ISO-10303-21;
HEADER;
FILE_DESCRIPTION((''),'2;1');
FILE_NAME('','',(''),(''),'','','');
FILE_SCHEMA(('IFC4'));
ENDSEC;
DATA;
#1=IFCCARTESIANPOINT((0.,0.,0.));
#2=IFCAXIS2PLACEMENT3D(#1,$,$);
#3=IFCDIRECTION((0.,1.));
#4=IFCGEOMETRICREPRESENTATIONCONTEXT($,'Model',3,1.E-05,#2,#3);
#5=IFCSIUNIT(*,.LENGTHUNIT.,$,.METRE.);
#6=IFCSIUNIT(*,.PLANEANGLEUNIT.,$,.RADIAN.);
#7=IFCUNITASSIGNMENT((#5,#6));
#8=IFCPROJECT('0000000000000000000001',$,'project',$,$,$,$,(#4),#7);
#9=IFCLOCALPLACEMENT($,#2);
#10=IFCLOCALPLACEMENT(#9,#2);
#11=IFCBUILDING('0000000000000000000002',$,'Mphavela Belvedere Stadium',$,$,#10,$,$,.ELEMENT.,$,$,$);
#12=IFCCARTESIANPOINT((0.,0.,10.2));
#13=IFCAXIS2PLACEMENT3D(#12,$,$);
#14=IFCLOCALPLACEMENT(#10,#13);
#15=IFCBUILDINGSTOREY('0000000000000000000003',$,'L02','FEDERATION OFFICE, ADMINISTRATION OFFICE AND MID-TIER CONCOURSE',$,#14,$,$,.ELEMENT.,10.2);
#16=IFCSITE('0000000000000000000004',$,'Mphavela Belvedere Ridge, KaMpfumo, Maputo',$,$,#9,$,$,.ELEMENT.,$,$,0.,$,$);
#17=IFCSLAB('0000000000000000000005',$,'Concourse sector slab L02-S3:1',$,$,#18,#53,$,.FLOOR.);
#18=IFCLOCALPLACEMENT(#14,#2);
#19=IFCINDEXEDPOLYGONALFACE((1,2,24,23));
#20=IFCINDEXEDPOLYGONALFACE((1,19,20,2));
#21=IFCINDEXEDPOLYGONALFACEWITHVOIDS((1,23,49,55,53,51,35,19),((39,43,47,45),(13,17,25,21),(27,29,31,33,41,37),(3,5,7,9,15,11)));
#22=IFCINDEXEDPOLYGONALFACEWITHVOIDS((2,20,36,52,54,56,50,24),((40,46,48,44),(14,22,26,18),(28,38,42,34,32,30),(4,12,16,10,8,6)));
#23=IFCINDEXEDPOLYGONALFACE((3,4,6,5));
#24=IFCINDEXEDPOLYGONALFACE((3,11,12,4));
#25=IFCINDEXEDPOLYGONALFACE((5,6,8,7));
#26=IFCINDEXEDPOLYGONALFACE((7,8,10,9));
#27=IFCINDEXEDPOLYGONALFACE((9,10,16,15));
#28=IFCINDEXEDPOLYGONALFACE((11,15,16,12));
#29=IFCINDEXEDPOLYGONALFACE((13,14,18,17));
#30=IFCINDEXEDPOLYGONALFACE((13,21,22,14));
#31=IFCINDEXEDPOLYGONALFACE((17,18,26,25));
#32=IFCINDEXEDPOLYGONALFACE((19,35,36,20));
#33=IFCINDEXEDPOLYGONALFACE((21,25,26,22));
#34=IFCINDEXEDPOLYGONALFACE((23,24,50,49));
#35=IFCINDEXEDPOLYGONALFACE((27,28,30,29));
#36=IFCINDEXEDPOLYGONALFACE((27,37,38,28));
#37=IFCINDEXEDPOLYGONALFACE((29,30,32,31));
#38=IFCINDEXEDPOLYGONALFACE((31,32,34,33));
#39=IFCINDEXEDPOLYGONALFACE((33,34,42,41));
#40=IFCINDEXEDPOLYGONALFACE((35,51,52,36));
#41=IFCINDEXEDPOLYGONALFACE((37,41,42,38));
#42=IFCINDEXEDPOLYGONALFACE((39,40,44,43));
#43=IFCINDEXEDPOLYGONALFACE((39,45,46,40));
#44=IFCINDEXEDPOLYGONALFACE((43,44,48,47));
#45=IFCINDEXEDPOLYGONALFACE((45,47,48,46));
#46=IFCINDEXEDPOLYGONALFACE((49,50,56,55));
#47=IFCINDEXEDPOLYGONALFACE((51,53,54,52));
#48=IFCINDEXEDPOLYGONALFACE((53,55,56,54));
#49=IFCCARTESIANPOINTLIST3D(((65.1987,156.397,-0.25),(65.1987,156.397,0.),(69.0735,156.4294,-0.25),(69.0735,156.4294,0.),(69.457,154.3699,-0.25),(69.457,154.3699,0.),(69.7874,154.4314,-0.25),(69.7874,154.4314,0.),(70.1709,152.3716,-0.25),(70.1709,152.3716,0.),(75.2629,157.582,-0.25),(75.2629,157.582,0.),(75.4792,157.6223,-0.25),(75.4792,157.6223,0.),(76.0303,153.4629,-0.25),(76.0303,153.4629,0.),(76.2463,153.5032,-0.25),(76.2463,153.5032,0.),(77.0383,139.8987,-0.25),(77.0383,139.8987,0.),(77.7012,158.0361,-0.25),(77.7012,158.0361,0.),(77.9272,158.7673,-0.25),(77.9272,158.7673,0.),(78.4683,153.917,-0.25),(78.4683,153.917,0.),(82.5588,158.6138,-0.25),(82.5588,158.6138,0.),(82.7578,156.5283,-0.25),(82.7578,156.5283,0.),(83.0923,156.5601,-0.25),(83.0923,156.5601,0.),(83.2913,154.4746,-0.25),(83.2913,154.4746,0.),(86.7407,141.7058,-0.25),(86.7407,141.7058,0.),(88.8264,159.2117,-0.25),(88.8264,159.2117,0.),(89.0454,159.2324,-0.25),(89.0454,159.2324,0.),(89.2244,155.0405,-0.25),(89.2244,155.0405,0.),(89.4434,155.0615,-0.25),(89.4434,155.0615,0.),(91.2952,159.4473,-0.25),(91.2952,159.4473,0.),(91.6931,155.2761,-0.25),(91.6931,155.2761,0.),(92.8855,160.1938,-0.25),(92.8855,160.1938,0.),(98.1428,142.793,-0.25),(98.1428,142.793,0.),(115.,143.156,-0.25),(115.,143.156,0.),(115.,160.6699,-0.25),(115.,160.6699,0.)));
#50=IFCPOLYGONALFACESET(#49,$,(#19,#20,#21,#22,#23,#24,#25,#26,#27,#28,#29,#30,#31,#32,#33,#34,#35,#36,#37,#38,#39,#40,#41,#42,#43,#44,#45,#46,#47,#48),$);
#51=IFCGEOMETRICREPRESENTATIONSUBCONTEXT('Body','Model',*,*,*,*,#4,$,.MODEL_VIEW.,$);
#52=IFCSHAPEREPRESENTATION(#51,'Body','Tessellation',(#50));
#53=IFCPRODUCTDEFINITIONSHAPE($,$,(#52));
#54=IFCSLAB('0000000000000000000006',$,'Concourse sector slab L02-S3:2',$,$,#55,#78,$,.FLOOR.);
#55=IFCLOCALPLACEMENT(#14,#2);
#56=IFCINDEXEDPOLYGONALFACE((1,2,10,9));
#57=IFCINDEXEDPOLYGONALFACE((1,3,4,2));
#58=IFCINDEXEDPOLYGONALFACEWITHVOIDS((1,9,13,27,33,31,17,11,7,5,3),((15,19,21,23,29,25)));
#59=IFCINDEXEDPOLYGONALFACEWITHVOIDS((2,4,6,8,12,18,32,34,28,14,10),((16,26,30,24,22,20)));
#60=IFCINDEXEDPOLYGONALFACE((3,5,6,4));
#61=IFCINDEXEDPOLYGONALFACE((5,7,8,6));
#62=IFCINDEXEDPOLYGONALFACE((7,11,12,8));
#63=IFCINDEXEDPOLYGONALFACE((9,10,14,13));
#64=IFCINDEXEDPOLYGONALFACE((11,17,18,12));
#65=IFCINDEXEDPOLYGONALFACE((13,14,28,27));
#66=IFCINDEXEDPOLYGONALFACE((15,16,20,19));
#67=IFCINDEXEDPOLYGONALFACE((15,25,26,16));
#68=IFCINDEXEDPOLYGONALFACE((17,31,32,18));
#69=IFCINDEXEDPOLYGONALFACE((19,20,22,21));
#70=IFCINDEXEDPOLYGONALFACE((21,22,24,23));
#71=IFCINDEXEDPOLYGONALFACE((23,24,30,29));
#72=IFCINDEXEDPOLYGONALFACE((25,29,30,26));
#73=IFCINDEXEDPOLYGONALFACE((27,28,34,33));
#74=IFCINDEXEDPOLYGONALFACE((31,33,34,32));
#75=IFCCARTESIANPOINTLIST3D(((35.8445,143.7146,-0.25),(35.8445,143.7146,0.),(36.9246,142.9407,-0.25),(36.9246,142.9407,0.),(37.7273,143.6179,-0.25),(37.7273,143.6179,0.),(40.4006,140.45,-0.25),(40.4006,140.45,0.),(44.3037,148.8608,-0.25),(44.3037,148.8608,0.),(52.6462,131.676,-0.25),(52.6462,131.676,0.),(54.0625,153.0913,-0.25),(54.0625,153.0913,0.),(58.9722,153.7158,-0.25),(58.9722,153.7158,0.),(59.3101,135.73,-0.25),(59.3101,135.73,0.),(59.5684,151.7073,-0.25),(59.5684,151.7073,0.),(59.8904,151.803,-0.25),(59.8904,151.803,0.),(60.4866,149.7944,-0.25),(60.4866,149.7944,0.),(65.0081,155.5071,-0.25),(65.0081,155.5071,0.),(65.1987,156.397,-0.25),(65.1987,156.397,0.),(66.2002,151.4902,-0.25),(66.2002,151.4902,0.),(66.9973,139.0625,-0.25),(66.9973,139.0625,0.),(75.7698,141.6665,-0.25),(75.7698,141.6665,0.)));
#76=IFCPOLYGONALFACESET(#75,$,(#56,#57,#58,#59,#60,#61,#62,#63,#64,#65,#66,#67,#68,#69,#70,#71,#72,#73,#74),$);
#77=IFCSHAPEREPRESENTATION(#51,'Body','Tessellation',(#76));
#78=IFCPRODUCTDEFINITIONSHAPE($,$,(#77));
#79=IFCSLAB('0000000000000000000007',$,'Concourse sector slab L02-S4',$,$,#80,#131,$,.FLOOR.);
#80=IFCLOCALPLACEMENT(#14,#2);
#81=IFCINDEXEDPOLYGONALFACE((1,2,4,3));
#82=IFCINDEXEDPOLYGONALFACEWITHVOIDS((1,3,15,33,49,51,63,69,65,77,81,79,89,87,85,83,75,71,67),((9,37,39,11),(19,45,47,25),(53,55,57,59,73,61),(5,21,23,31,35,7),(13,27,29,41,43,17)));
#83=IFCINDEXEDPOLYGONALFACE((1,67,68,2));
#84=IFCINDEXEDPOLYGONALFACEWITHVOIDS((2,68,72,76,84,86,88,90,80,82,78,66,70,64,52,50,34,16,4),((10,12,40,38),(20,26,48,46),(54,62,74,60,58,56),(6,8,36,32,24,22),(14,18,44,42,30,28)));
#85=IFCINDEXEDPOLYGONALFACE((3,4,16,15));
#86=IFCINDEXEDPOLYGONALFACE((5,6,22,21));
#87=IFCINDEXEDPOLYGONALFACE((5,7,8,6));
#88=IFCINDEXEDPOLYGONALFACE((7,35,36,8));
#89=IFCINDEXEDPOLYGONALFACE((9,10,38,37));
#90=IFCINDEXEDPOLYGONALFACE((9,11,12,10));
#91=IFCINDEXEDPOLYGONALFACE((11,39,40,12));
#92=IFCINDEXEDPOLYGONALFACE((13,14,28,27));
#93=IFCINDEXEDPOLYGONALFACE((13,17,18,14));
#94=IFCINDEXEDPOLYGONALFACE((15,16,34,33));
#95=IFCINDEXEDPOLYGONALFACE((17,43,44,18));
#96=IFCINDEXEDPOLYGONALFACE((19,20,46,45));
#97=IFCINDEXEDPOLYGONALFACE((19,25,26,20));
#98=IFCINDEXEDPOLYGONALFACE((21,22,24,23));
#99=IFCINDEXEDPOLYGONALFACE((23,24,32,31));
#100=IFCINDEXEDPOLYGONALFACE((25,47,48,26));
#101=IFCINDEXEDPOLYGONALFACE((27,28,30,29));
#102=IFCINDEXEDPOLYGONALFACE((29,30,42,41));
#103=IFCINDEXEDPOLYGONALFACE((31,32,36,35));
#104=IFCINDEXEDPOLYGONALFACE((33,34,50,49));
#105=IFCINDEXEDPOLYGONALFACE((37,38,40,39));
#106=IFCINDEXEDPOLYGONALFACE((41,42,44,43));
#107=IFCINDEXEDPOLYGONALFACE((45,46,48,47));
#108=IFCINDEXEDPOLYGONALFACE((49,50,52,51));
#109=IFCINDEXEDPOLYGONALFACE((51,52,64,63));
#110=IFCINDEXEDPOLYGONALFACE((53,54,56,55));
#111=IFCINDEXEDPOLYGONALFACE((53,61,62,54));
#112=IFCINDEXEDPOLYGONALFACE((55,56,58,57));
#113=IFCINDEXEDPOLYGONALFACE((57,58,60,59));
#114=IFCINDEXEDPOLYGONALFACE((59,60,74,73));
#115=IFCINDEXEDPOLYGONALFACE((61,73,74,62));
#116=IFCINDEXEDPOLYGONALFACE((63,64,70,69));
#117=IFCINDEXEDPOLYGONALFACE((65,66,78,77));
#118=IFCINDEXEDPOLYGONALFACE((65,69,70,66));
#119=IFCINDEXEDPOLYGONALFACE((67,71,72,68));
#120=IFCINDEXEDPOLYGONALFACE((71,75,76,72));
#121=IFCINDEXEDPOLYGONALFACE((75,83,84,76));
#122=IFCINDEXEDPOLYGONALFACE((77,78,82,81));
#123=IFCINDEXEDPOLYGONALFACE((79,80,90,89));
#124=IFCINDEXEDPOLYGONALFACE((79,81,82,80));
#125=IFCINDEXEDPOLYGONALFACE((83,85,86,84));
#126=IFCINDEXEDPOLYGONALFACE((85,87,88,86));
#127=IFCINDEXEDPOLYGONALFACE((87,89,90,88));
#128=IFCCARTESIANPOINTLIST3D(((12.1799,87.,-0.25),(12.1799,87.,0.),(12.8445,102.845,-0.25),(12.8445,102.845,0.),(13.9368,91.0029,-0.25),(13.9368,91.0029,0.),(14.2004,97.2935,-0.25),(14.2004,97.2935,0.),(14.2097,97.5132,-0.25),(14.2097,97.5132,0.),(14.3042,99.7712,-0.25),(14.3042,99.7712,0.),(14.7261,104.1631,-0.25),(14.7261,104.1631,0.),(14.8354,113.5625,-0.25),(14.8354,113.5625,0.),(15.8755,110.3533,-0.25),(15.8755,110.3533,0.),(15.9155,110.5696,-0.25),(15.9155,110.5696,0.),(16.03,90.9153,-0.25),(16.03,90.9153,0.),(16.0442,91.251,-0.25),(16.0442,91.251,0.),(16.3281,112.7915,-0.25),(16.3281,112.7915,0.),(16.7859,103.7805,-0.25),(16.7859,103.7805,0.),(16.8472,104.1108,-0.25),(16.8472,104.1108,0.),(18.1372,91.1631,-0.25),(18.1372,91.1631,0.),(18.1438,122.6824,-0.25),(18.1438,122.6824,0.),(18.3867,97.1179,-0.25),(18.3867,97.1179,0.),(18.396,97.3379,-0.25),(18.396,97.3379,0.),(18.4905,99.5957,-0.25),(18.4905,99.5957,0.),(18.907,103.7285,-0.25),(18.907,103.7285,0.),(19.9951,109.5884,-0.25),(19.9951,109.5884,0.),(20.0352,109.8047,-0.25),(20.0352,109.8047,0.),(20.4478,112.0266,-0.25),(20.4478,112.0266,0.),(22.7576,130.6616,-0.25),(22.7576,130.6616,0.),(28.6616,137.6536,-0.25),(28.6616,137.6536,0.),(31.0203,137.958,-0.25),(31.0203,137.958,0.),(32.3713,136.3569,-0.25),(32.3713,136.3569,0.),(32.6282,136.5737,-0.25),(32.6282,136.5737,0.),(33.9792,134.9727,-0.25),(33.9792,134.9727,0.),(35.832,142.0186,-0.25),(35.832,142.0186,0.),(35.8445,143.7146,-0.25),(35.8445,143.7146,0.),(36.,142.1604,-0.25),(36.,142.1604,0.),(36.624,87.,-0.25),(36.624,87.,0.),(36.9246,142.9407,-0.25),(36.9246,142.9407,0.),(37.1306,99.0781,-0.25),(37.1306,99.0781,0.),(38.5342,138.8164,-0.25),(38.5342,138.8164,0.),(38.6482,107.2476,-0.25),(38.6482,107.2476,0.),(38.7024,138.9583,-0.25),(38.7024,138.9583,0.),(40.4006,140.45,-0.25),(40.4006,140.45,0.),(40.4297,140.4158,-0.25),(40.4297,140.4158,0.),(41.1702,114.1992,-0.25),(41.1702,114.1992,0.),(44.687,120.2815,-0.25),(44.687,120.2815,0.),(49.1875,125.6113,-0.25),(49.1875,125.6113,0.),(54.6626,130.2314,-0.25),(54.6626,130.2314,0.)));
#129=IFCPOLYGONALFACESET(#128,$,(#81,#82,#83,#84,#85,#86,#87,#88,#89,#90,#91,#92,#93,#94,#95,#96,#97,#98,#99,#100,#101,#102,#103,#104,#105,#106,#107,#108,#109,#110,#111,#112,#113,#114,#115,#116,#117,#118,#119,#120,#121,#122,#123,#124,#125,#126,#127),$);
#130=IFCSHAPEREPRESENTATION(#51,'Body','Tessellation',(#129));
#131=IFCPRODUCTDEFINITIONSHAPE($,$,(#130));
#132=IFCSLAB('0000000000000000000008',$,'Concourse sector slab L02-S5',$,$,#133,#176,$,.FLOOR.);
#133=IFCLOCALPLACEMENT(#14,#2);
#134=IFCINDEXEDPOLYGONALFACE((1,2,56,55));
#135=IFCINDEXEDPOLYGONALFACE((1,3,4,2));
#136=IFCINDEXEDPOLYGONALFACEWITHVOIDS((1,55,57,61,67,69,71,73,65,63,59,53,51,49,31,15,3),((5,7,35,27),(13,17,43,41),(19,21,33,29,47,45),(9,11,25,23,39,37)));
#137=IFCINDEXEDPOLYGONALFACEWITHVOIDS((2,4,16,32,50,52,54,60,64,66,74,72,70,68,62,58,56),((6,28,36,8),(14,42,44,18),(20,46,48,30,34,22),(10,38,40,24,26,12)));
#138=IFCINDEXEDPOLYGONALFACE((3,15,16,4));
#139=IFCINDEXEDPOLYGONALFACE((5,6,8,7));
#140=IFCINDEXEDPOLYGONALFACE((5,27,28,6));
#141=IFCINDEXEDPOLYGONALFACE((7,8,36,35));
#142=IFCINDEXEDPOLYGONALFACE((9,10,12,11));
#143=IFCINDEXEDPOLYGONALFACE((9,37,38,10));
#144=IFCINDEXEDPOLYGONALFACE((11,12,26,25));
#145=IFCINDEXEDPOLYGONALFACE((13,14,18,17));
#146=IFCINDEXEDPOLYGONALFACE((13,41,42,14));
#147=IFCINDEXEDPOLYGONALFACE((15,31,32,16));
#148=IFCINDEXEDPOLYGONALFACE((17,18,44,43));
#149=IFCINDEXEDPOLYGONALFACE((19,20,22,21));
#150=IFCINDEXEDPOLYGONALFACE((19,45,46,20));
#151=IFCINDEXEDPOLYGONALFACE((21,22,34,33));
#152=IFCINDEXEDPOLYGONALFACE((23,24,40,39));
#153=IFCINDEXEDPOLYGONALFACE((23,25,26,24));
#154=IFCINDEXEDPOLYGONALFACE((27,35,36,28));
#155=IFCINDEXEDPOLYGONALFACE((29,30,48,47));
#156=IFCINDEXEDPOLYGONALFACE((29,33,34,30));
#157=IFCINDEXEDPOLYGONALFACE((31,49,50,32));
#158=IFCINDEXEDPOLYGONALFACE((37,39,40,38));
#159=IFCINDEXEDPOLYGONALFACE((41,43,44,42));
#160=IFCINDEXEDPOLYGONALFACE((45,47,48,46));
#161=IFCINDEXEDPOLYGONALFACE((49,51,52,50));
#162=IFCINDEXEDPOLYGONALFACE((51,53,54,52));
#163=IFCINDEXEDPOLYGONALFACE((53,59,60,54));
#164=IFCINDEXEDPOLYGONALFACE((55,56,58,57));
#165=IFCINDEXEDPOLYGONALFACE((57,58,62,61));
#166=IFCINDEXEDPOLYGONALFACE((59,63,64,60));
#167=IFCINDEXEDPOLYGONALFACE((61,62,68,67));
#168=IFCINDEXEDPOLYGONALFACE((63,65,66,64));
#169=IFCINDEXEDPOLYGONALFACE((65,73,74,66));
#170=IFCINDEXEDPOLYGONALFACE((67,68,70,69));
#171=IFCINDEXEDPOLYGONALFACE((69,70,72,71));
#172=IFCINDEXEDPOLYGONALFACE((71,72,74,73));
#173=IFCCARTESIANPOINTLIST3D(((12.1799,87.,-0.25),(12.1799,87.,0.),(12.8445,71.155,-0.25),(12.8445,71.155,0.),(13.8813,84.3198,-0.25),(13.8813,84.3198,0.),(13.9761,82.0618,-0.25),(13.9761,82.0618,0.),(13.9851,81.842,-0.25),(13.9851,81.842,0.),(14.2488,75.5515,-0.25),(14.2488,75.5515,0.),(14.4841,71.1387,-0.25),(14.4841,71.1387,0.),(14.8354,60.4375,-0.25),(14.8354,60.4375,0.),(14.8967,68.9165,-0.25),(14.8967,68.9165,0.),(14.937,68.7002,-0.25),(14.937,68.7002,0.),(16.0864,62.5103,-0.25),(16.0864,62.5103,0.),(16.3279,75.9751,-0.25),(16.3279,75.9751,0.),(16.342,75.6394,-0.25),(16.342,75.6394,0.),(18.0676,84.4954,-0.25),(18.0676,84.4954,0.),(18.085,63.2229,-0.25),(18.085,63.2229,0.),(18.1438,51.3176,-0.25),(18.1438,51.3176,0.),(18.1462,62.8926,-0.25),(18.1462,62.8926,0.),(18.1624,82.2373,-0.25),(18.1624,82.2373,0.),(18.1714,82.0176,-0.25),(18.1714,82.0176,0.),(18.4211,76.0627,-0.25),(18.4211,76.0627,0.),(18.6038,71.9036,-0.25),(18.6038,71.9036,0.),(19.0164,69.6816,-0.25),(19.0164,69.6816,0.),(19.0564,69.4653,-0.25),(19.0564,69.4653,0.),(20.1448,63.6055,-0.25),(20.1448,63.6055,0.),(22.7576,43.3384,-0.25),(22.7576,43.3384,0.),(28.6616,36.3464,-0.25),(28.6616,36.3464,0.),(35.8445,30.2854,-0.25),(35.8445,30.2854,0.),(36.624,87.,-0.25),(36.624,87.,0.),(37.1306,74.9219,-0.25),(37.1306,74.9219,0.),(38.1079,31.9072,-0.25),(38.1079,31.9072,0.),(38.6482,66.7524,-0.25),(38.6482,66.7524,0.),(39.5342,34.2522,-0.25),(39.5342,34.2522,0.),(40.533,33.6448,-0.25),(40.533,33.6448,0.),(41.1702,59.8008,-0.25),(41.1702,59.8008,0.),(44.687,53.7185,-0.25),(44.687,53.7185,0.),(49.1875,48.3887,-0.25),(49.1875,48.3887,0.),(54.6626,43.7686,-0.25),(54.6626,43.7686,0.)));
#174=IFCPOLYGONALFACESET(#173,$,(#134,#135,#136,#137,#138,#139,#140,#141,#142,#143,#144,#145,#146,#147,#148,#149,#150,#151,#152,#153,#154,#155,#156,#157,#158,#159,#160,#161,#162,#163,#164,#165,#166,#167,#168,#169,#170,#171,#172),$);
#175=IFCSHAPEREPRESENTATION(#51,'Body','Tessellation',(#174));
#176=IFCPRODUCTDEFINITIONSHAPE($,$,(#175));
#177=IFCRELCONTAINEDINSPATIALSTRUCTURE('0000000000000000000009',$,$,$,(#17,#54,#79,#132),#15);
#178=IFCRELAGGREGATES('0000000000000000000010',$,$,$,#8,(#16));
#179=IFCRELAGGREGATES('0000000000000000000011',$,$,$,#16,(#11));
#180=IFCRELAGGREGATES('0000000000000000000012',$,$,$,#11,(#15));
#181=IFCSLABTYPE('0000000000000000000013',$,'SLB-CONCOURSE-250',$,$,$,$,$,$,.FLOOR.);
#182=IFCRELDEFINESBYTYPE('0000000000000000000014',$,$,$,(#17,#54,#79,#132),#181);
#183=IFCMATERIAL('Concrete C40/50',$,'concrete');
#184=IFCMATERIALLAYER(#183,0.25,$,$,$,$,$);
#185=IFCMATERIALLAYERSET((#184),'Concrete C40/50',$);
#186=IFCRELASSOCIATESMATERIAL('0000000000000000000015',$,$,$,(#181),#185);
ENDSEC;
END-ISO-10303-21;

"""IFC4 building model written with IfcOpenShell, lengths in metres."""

from ifc_helpers import new_model, si_unit, direction, frame, origin, place, context, subcontext, project, spatial, polyline, outline, extrude, material, layer, layer_set, type_object, element, save


model = new_model("IFC4")

# Units and contexts
model_context = context("Model", 3, precision=1e-05, world=origin(), true_north=direction((0.0, 1.0)))
body_context = subcontext(model_context, "Body", "Model", "MODEL_VIEW")
ifc_project = project(units=[si_unit("LENGTHUNIT", "METRE"), si_unit("PLANEANGLEUNIT", "RADIAN")], contexts=[model_context])

# Site, building, storey
site_placement = place(None, origin())
site = spatial("IfcSite", under=ifc_project, at=site_placement, Name="Mphavela Belvedere Ridge, KaMpfumo, Maputo", CompositionType="ELEMENT", RefElevation=0.0)
building_placement = place(site_placement, origin())
building = spatial("IfcBuilding", under=site, at=building_placement, Name="Mphavela Belvedere Stadium", CompositionType="ELEMENT")
storey_placement = place(building_placement, frame((0.0, 0.0, 10.2)))
storey = spatial("IfcBuildingStorey", under=building, at=storey_placement, Name="L02", Description="FEDERATION OFFICE, ADMINISTRATION OFFICE AND MID-TIER CONCOURSE", CompositionType="ELEMENT", Elevation=10.2)

# Slabs
ifc_material_1 = material(Name="Concrete C40/50", Category="concrete")
ifc_layer_1 = layer(ifc_material_1, 0.25)
ifc_layer_set_1 = layer_set([ifc_layer_1], Name="Concrete C40/50")
slab_type_1 = type_object("IfcSlabType", Name="SLB-CONCOURSE-250", PredefinedType="FLOOR", material=ifc_layer_set_1)
slab_1_placement = place(storey_placement, frame((0.0, 0.0, -0.25)))
element("IfcSlab", 1, at=slab_1_placement, inside=storey, type_object=slab_type_1, Name="Concourse sector slab L02-S3:1", PredefinedType="FLOOR", context=body_context, shape_type="SweptSolid", body=[
    extrude(outline(polyline([(77.0383, 139.8987), (65.1987, 156.397), (77.9272, 158.7673), (92.8855, 160.1938), (115.0, 160.6699), (115.0, 143.156), (98.1428, 142.793), (86.7407, 141.7058), (77.0383, 139.8987)]), holes=[polyline([(70.1709, 152.3716), (76.0303, 153.4629), (75.2629, 157.582), (69.0735, 156.4294), (69.457, 154.3699), (69.7874, 154.4314), (70.1709, 152.3716)]), polyline([(77.7012, 158.0361), (75.4792, 157.6223), (76.2463, 153.5032), (78.4683, 153.917), (77.7012, 158.0361)]), polyline([(82.7578, 156.5283), (83.0923, 156.5601), (83.2913, 154.4746), (89.2244, 155.0405), (88.8264, 159.2117), (82.5588, 158.6138), (82.7578, 156.5283)]), polyline([(89.4434, 155.0615), (91.6931, 155.2761), (91.2952, 159.4473), (89.0454, 159.2324), (89.4434, 155.0615)])]), origin(), (0.0, 0.0, 1.0), 0.25),
])
slab_2_placement = place(storey_placement, frame((0.0, 0.0, -0.25)))
element("IfcSlab", 2, at=slab_2_placement, inside=storey, type_object=slab_type_1, Name="Concourse sector slab L02-S3:2", PredefinedType="FLOOR", context=body_context, shape_type="SweptSolid", body=[
    extrude(outline(polyline([(54.0625, 153.0913), (65.1987, 156.397), (75.7698, 141.6665), (66.9973, 139.0625), (59.3101, 135.73), (52.6462, 131.676), (40.4006, 140.45), (37.7273, 143.6179), (36.9246, 142.9407), (35.8445, 143.7146), (44.3037, 148.8608), (54.0625, 153.0913)]), holes=[polyline([(66.2002, 151.4902), (65.0081, 155.5071), (58.9722, 153.7158), (59.5684, 151.7073), (59.8904, 151.803), (60.4866, 149.7944), (66.2002, 151.4902)])]), origin(), (0.0, 0.0, 1.0), 0.25),
])
slab_3_placement = place(storey_placement, frame((0.0, 0.0, -0.25)))
element("IfcSlab", 3, at=slab_3_placement, inside=storey, type_object=slab_type_1, Name="Concourse sector slab L02-S4", PredefinedType="FLOOR", context=body_context, shape_type="SweptSolid", body=[
    extrude(outline(polyline([(22.7576, 130.6616), (28.6616, 137.6536), (35.8445, 143.7146), (36.9246, 142.9407), (36.0, 142.1604), (38.7024, 138.9583), (40.4297, 140.4158), (40.4006, 140.45), (54.6626, 130.2314), (49.1875, 125.6113), (44.687, 120.2815), (41.1702, 114.1992), (38.6482, 107.2476), (37.1306, 99.0781), (36.624, 87.0), (12.1799, 87.0), (12.8445, 102.845), (14.8354, 113.5625), (18.1438, 122.6824), (22.7576, 130.6616)]), holes=[polyline([(33.9792, 134.9727), (38.5342, 138.8164), (35.832, 142.0186), (31.0203, 137.958), (32.3713, 136.3569), (32.6282, 136.5737), (33.9792, 134.9727)]), polyline([(16.7859, 103.7805), (16.8472, 104.1108), (18.907, 103.7285), (19.9951, 109.5884), (15.8755, 110.3533), (14.7261, 104.1631), (16.7859, 103.7805)]), polyline([(20.0352, 109.8047), (20.4478, 112.0266), (16.3281, 112.7915), (15.9155, 110.5696), (20.0352, 109.8047)]), polyline([(14.2004, 97.2935), (13.9368, 91.0029), (16.03, 90.9153), (16.0442, 91.251), (18.1372, 91.1631), (18.3867, 97.1179), (14.2004, 97.2935)]), polyline([(14.3042, 99.7712), (14.2097, 97.5132), (18.396, 97.3379), (18.4905, 99.5957), (14.3042, 99.7712)])]), origin(), (0.0, 0.0, 1.0), 0.25),
])
slab_4_placement = place(storey_placement, frame((0.0, 0.0, -0.25)))
element("IfcSlab", 4, at=slab_4_placement, inside=storey, type_object=slab_type_1, Name="Concourse sector slab L02-S5", PredefinedType="FLOOR", context=body_context, shape_type="SweptSolid", body=[
    extrude(outline(polyline([(18.1438, 51.3176), (14.8354, 60.4375), (12.8445, 71.155), (12.1799, 87.0), (36.624, 87.0), (37.1306, 74.9219), (38.6482, 66.7524), (41.1702, 59.8008), (44.687, 53.7185), (49.1875, 48.3887), (54.6626, 43.7686), (40.533, 33.6448), (39.5342, 34.2522), (38.1079, 31.9072), (35.8445, 30.2854), (28.6616, 36.3464), (22.7576, 43.3384), (18.1438, 51.3176)]), holes=[polyline([(16.3279, 75.9751), (18.4211, 76.0627), (18.1714, 82.0176), (13.9851, 81.842), (14.2488, 75.5515), (16.342, 75.6394), (16.3279, 75.9751)]), polyline([(18.0676, 84.4954), (13.8813, 84.3198), (13.9761, 82.0618), (18.1624, 82.2373), (18.0676, 84.4954)]), polyline([(16.0864, 62.5103), (18.1462, 62.8926), (18.085, 63.2229), (20.1448, 63.6055), (19.0564, 69.4653), (14.937, 68.7002), (16.0864, 62.5103)]), polyline([(14.8967, 68.9165), (19.0164, 69.6816), (18.6038, 71.9036), (14.4841, 71.1387), (14.8967, 68.9165)])]), origin(), (0.0, 0.0, 1.0), 0.25),
])

save(model, "model.ifc")
